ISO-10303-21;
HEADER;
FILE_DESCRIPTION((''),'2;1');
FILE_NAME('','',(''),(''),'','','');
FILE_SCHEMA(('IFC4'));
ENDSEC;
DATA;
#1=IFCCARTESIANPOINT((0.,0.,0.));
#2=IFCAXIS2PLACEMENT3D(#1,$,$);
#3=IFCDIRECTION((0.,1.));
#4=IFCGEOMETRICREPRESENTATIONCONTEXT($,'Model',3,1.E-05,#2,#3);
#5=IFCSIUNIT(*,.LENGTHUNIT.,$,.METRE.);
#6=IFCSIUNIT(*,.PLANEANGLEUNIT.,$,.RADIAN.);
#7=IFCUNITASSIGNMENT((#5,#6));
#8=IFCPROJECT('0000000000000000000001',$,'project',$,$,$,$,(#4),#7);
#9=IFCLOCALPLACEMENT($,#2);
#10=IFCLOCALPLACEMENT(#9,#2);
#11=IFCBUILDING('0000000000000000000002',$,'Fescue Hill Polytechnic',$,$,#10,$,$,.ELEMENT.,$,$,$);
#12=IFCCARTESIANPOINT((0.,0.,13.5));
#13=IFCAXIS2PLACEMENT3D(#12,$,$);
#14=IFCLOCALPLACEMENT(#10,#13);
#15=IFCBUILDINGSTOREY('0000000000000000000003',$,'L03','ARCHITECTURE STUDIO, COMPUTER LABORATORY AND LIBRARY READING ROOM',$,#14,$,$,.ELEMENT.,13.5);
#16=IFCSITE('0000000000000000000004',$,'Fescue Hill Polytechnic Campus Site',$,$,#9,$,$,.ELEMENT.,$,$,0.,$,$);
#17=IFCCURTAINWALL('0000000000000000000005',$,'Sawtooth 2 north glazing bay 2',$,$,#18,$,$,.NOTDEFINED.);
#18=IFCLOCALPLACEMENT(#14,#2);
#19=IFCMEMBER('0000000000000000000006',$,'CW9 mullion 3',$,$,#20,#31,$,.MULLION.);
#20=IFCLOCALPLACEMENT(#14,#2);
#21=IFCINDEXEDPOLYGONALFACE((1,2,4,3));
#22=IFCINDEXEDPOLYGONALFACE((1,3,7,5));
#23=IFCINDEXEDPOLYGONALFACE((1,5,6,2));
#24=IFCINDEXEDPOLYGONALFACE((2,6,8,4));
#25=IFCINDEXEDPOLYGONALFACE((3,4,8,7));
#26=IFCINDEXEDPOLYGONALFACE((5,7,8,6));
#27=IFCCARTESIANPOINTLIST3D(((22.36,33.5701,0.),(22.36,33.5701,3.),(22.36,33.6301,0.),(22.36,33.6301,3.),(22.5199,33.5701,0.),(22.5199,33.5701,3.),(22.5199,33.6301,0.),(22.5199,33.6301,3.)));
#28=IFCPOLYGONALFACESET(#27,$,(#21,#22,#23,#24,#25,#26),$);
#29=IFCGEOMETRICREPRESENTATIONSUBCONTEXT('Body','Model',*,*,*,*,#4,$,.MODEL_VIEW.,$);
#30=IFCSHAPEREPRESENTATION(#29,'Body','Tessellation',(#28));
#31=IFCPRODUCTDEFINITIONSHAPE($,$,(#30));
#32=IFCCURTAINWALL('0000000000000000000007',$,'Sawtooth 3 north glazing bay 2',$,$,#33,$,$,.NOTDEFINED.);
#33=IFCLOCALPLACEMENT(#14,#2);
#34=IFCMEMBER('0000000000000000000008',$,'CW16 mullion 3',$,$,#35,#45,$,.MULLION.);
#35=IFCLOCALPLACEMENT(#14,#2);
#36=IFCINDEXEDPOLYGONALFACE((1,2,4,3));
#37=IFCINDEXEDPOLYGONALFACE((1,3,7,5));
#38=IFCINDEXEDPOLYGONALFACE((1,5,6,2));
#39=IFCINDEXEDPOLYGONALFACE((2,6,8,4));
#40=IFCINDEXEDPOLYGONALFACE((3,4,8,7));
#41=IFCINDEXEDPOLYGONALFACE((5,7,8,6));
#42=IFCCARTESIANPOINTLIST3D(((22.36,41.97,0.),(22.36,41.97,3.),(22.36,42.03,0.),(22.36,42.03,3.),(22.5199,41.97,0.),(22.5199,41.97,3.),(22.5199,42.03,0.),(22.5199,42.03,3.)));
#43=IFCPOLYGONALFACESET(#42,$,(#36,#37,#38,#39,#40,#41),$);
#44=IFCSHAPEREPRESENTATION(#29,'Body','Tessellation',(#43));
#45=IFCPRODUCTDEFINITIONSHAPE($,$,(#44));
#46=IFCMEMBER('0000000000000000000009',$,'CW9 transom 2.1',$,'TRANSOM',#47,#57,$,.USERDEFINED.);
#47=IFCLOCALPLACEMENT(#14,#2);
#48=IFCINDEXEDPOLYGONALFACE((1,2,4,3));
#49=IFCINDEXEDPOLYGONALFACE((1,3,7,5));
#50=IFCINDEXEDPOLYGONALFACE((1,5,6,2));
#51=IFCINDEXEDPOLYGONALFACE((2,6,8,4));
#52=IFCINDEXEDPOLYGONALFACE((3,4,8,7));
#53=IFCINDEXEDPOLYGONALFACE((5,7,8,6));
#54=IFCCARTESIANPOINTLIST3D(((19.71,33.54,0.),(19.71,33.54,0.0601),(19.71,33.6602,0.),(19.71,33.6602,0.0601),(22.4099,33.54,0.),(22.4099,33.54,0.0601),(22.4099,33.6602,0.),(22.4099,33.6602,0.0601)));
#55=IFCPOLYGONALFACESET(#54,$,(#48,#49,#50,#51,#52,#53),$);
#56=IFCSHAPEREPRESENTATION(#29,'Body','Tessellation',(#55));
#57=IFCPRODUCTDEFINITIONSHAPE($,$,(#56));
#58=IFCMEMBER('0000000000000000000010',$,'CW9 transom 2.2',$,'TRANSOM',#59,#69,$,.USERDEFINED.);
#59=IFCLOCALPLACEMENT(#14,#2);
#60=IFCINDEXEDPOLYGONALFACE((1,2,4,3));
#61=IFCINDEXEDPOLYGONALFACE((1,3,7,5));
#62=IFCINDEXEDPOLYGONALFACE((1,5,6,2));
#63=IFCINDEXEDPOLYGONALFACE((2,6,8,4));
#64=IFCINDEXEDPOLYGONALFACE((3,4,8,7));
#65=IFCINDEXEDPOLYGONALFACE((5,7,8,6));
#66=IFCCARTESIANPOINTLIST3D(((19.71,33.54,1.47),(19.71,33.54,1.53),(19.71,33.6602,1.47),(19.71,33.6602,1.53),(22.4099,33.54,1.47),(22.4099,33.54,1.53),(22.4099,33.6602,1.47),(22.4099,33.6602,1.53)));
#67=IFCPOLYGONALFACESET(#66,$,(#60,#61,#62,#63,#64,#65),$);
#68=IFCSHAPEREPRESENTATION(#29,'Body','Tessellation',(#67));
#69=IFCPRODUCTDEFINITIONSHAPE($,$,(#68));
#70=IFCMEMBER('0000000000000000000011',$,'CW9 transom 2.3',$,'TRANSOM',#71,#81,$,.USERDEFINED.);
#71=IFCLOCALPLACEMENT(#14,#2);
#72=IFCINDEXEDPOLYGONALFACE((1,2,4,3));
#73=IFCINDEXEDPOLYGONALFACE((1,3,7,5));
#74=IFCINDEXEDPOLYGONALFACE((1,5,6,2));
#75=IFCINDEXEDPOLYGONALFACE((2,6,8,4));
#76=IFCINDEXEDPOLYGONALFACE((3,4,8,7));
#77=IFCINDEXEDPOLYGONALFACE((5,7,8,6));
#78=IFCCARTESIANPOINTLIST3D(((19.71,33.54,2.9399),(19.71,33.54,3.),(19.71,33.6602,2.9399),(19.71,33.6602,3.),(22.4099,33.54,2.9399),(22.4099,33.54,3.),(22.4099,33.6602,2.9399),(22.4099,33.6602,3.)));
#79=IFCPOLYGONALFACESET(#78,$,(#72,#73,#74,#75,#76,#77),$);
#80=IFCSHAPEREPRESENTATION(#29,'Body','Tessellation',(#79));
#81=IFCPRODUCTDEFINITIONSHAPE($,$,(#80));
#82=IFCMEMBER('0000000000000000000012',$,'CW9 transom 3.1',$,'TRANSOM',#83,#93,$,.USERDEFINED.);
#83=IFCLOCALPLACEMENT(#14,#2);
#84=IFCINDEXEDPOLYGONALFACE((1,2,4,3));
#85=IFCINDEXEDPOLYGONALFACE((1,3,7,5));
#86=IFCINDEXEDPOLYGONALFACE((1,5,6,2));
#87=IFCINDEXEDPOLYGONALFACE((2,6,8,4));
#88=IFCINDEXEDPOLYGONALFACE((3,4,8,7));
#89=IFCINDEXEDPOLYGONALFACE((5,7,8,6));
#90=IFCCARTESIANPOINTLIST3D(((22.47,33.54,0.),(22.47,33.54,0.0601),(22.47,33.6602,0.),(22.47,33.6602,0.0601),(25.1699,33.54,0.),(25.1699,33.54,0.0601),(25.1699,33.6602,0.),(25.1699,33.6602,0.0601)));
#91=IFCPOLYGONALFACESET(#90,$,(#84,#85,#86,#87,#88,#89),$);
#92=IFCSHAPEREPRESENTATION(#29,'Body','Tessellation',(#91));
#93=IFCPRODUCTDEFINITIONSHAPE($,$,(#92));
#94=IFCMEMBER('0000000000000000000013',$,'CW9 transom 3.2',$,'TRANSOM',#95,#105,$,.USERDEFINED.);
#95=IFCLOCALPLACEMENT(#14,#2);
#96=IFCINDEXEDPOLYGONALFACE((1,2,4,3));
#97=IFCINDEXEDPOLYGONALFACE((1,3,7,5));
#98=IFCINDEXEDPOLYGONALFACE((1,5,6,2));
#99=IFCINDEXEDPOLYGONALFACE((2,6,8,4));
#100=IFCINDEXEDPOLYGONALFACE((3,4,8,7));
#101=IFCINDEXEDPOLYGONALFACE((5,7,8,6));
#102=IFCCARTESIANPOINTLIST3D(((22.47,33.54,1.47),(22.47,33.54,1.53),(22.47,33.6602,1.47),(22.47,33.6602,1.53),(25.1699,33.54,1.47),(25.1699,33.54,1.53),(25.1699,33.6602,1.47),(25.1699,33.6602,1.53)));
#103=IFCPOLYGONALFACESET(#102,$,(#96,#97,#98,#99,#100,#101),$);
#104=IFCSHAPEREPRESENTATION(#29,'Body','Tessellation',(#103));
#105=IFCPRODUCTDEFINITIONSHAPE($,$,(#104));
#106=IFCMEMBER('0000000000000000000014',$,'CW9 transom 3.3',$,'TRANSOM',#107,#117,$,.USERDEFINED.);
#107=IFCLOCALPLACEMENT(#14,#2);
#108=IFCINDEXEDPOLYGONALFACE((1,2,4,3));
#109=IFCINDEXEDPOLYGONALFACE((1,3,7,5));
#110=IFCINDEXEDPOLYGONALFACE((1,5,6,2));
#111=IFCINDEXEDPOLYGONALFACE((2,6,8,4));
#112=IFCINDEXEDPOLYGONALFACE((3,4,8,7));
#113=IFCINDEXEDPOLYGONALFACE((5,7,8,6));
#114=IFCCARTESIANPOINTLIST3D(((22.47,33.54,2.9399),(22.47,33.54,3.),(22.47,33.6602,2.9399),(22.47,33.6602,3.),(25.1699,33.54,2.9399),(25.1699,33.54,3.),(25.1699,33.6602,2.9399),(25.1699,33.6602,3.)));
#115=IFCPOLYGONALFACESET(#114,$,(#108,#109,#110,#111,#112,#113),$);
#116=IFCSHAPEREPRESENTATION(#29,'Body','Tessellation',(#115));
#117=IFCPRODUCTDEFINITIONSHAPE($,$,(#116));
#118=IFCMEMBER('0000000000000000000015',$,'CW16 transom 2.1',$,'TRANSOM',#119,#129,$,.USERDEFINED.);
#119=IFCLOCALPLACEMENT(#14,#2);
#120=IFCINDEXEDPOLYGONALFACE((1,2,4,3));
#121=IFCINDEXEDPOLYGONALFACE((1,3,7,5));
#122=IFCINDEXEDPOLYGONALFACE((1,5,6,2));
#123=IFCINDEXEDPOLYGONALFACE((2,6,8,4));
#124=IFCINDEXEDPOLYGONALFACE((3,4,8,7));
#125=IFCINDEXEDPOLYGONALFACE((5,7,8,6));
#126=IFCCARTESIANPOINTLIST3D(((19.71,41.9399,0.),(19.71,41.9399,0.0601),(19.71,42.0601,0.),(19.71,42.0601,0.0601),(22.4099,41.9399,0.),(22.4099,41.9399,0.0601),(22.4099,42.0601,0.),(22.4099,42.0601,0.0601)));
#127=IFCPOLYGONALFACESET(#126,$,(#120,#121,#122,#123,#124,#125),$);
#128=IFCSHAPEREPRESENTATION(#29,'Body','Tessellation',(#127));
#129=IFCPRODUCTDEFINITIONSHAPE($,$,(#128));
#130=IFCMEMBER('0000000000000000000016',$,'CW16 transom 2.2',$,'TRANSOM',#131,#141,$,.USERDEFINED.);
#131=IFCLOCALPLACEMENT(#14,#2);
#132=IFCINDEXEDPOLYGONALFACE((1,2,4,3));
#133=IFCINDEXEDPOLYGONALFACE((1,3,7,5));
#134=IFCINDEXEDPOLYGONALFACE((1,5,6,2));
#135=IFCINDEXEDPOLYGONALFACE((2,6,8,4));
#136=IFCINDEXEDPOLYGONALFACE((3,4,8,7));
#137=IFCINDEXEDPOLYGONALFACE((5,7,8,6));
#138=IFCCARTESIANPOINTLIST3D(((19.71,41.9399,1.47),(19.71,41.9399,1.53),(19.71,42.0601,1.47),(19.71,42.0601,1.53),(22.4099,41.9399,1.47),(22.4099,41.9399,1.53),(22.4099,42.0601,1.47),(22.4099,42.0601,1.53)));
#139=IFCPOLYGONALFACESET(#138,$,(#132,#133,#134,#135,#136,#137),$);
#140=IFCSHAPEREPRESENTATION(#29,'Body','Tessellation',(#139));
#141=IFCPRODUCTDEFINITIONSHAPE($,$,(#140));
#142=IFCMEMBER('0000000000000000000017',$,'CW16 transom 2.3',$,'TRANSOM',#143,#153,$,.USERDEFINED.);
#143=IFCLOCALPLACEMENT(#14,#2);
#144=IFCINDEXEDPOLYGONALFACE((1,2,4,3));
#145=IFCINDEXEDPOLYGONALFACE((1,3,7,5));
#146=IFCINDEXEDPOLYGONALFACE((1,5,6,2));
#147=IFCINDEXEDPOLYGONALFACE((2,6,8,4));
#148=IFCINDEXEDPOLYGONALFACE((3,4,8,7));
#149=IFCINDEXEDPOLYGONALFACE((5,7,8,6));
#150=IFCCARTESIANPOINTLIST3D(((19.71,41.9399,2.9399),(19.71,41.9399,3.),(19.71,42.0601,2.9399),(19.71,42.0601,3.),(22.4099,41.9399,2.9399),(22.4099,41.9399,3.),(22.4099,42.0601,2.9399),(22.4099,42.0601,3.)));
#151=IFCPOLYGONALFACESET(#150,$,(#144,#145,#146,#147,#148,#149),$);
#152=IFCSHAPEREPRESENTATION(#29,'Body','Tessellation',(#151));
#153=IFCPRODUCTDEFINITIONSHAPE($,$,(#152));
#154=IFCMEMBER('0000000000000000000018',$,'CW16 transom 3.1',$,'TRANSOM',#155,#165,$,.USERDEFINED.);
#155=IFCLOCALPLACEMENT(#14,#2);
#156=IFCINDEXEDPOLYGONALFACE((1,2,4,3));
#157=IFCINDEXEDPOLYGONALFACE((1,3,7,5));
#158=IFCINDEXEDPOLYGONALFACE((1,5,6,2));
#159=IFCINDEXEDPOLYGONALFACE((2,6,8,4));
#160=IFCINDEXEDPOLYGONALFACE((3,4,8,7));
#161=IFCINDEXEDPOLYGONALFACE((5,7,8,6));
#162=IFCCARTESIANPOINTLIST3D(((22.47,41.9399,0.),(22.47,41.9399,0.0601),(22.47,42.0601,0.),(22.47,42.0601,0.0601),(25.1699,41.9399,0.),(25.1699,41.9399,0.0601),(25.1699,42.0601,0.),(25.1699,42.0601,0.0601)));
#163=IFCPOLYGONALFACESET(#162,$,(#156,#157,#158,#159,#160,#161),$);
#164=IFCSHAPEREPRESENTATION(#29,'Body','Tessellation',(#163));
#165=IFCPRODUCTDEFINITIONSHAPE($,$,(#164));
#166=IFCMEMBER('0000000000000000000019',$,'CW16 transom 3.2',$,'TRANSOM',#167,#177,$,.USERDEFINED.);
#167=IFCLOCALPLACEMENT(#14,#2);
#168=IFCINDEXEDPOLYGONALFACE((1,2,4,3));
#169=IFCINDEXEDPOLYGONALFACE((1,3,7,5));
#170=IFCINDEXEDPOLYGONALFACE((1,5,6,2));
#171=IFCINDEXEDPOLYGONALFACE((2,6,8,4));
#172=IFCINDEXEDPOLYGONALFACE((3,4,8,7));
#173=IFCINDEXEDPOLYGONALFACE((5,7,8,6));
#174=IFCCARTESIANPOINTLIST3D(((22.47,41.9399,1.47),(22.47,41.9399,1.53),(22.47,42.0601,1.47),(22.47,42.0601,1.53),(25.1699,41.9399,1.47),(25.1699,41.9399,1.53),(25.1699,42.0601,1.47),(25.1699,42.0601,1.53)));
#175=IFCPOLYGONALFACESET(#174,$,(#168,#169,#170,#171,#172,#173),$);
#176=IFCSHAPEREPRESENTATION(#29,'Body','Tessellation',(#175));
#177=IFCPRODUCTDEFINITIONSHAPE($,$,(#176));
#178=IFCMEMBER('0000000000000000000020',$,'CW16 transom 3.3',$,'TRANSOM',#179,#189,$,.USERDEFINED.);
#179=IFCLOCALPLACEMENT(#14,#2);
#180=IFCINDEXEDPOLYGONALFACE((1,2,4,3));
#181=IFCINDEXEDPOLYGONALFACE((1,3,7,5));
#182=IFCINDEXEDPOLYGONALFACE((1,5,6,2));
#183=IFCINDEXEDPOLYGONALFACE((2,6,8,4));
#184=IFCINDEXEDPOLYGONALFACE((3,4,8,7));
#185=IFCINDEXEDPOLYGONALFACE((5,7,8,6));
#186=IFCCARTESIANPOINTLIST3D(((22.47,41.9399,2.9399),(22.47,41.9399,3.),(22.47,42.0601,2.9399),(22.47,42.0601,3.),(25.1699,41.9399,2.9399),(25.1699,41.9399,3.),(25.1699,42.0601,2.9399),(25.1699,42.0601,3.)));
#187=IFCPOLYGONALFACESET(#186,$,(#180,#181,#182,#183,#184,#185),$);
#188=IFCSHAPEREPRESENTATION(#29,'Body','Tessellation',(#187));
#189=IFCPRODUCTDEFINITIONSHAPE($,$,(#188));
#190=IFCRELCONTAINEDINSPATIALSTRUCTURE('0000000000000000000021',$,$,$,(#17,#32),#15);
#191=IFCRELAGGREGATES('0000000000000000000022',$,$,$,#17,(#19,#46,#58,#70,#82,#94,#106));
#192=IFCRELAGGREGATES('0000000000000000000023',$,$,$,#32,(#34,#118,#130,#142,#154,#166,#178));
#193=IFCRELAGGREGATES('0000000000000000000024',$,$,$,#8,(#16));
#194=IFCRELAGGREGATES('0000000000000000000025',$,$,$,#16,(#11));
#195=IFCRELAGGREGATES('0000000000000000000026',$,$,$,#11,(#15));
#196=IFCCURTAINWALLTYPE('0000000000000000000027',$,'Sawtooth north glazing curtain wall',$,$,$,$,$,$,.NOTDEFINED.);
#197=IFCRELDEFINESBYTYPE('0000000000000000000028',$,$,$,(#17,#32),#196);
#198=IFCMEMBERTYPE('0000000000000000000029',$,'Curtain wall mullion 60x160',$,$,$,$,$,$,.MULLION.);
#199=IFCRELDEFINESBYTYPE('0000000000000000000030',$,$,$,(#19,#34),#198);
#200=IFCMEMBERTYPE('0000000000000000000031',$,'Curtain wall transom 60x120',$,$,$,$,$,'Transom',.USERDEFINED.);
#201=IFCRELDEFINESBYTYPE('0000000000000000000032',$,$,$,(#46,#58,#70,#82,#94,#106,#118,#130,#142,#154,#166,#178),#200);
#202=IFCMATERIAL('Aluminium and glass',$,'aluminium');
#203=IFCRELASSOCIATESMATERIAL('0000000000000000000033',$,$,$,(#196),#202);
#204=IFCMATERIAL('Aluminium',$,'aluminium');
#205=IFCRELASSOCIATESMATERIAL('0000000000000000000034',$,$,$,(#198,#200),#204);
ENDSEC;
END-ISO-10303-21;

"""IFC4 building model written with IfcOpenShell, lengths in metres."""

from ifc_helpers import new_model, si_unit, direction, frame, origin, origin_2d, place, context, subcontext, project, spatial, rectangle, extrude, material, material_profile, profile_set, type_object, element, aggregate, save


model = new_model("IFC4")

# Units and contexts
model_context = context("Model", 3, precision=1e-05, world=origin(), true_north=direction((0.0, 1.0)))
body_context = subcontext(model_context, "Body", "Model", "MODEL_VIEW")
ifc_project = project(units=[si_unit("LENGTHUNIT", "METRE"), si_unit("PLANEANGLEUNIT", "RADIAN")], contexts=[model_context])

# Site, building, storey
site_placement = place(None, origin())
site = spatial("IfcSite", under=ifc_project, at=site_placement, Name="Fescue Hill Polytechnic Campus Site", CompositionType="ELEMENT", RefElevation=0.0)
building_placement = place(site_placement, origin())
building = spatial("IfcBuilding", under=site, at=building_placement, Name="Fescue Hill Polytechnic", CompositionType="ELEMENT")
storey_placement = place(building_placement, frame((0.0, 0.0, 13.5)))
storey = spatial("IfcBuildingStorey", under=building, at=storey_placement, Name="L03", Description="ARCHITECTURE STUDIO, COMPUTER LABORATORY AND LIBRARY READING ROOM", CompositionType="ELEMENT", Elevation=13.5)

# Curtain walls, members
ifc_material_1 = material(Name="Aluminium and glass", Category="aluminium")
curtain_wall_type = type_object("IfcCurtainWallType", Name="Sawtooth north glazing curtain wall", PredefinedType="NOTDEFINED", material=ifc_material_1)
curtain_wall_1_placement = place(storey_placement, origin())
curtain_wall_1 = element("IfcCurtainWall", 1, at=curtain_wall_1_placement, inside=storey, type_object=curtain_wall_type, Name="Sawtooth 2 north glazing bay 2", PredefinedType="NOTDEFINED")
ifc_material_2 = material(Name="Aluminium", Category="aluminium")
ifc_material_profile_1 = material_profile(ifc_material_2, rectangle(XDim=0.0601, YDim=0.1599, at=origin_2d()), Name="Curtain wall mullion 60x160")
ifc_profile_set_1 = profile_set([ifc_material_profile_1], Name="Aluminium")
member_type_1 = type_object("IfcMemberType", Name="Curtain wall mullion 60x160", PredefinedType="MULLION", material=ifc_profile_set_1)
member_1_placement = place(storey_placement, frame((22.4399, 33.6001, 0.0), z_axis=(0.0, 0.0, 1.0), x_axis=(0.0, 1.0, 0.0)))
member_1 = element("IfcMember", 2, at=member_1_placement, type_object=member_type_1, Name="CW9 mullion 3", PredefinedType="MULLION", context=body_context, shape_type="SweptSolid", body=[
    extrude(rectangle(XDim=0.0601, YDim=0.1599, at=origin_2d()), origin(), (0.0, 0.0, 1.0), 3.0),
])
curtain_wall_2_placement = place(storey_placement, origin())
curtain_wall_2 = element("IfcCurtainWall", 3, at=curtain_wall_2_placement, inside=storey, type_object=curtain_wall_type, Name="Sawtooth 3 north glazing bay 2", PredefinedType="NOTDEFINED")
member_2_placement = place(storey_placement, frame((22.4399, 42.0, 0.0), z_axis=(0.0, 0.0, 1.0), x_axis=(0.0, 1.0, 0.0)))
member_2 = element("IfcMember", 4, at=member_2_placement, type_object=member_type_1, Name="CW16 mullion 3", PredefinedType="MULLION", context=body_context, shape_type="SweptSolid", body=[
    extrude(rectangle(XDim=0.0601, YDim=0.1599, at=origin_2d()), origin(), (0.0, 0.0, 1.0), 3.0),
])

# Members
ifc_material_profile_2 = material_profile(ifc_material_2, rectangle(XDim=0.1201, YDim=0.0601, at=origin_2d()), Name="Curtain wall transom 60x120")
ifc_profile_set_2 = profile_set([ifc_material_profile_2], Name="Aluminium")
member_type_2 = type_object("IfcMemberType", Name="Curtain wall transom 60x120", ElementType="Transom", PredefinedType="USERDEFINED", material=ifc_profile_set_2)
member_3_placement = place(storey_placement, frame((19.71, 33.6001, 0.03), z_axis=(1.0, 0.0, 0.0), x_axis=(0.0, 1.0, 0.0)))
member_3 = element("IfcMember", 5, at=member_3_placement, type_object=member_type_2, Name="CW9 transom 2.1", ObjectType="TRANSOM", PredefinedType="USERDEFINED", context=body_context, shape_type="SweptSolid", body=[
    extrude(rectangle(XDim=0.1201, YDim=0.0601, at=origin_2d()), origin(), (0.0, 0.0, 1.0), 2.7),
])
member_4_placement = place(storey_placement, frame((19.71, 33.6001, 1.5), z_axis=(1.0, 0.0, 0.0), x_axis=(0.0, 1.0, 0.0)))
member_4 = element("IfcMember", 6, at=member_4_placement, type_object=member_type_2, Name="CW9 transom 2.2", ObjectType="TRANSOM", PredefinedType="USERDEFINED", context=body_context, shape_type="SweptSolid", body=[
    extrude(rectangle(XDim=0.1201, YDim=0.0601, at=origin_2d()), origin(), (0.0, 0.0, 1.0), 2.7),
])
member_5_placement = place(storey_placement, frame((19.71, 33.6001, 2.97), z_axis=(1.0, 0.0, 0.0), x_axis=(0.0, 1.0, 0.0)))
member_5 = element("IfcMember", 7, at=member_5_placement, type_object=member_type_2, Name="CW9 transom 2.3", ObjectType="TRANSOM", PredefinedType="USERDEFINED", context=body_context, shape_type="SweptSolid", body=[
    extrude(rectangle(XDim=0.1201, YDim=0.0601, at=origin_2d()), origin(), (0.0, 0.0, 1.0), 2.7),
])
member_6_placement = place(storey_placement, frame((22.47, 33.6001, 0.03), z_axis=(1.0, 0.0, 0.0), x_axis=(0.0, 1.0, 0.0)))
member_6 = element("IfcMember", 8, at=member_6_placement, type_object=member_type_2, Name="CW9 transom 3.1", ObjectType="TRANSOM", PredefinedType="USERDEFINED", context=body_context, shape_type="SweptSolid", body=[
    extrude(rectangle(XDim=0.1201, YDim=0.0601, at=origin_2d()), origin(), (0.0, 0.0, 1.0), 2.7),
])
member_7_placement = place(storey_placement, frame((22.47, 33.6001, 1.5), z_axis=(1.0, 0.0, 0.0), x_axis=(0.0, 1.0, 0.0)))
member_7 = element("IfcMember", 9, at=member_7_placement, type_object=member_type_2, Name="CW9 transom 3.2", ObjectType="TRANSOM", PredefinedType="USERDEFINED", context=body_context, shape_type="SweptSolid", body=[
    extrude(rectangle(XDim=0.1201, YDim=0.0601, at=origin_2d()), origin(), (0.0, 0.0, 1.0), 2.7),
])
member_8_placement = place(storey_placement, frame((22.47, 33.6001, 2.97), z_axis=(1.0, 0.0, 0.0), x_axis=(0.0, 1.0, 0.0)))
member_8 = element("IfcMember", 10, at=member_8_placement, type_object=member_type_2, Name="CW9 transom 3.3", ObjectType="TRANSOM", PredefinedType="USERDEFINED", context=body_context, shape_type="SweptSolid", body=[
    extrude(rectangle(XDim=0.1201, YDim=0.0601, at=origin_2d()), origin(), (0.0, 0.0, 1.0), 2.7),
])
member_9_placement = place(storey_placement, frame((19.71, 42.0, 0.03), z_axis=(1.0, 0.0, 0.0), x_axis=(0.0, 1.0, 0.0)))
member_9 = element("IfcMember", 11, at=member_9_placement, type_object=member_type_2, Name="CW16 transom 2.1", ObjectType="TRANSOM", PredefinedType="USERDEFINED", context=body_context, shape_type="SweptSolid", body=[
    extrude(rectangle(XDim=0.1201, YDim=0.0601, at=origin_2d()), origin(), (0.0, 0.0, 1.0), 2.7),
])
member_10_placement = place(storey_placement, frame((19.71, 42.0, 1.5), z_axis=(1.0, 0.0, 0.0), x_axis=(0.0, 1.0, 0.0)))
member_10 = element("IfcMember", 12, at=member_10_placement, type_object=member_type_2, Name="CW16 transom 2.2", ObjectType="TRANSOM", PredefinedType="USERDEFINED", context=body_context, shape_type="SweptSolid", body=[
    extrude(rectangle(XDim=0.1201, YDim=0.0601, at=origin_2d()), origin(), (0.0, 0.0, 1.0), 2.7),
])
member_11_placement = place(storey_placement, frame((19.71, 42.0, 2.97), z_axis=(1.0, 0.0, 0.0), x_axis=(0.0, 1.0, 0.0)))
member_11 = element("IfcMember", 13, at=member_11_placement, type_object=member_type_2, Name="CW16 transom 2.3", ObjectType="TRANSOM", PredefinedType="USERDEFINED", context=body_context, shape_type="SweptSolid", body=[
    extrude(rectangle(XDim=0.1201, YDim=0.0601, at=origin_2d()), origin(), (0.0, 0.0, 1.0), 2.7),
])
member_12_placement = place(storey_placement, frame((22.47, 42.0, 0.03), z_axis=(1.0, 0.0, 0.0), x_axis=(0.0, 1.0, 0.0)))
member_12 = element("IfcMember", 14, at=member_12_placement, type_object=member_type_2, Name="CW16 transom 3.1", ObjectType="TRANSOM", PredefinedType="USERDEFINED", context=body_context, shape_type="SweptSolid", body=[
    extrude(rectangle(XDim=0.1201, YDim=0.0601, at=origin_2d()), origin(), (0.0, 0.0, 1.0), 2.7),
])
member_13_placement = place(storey_placement, frame((22.47, 42.0, 1.5), z_axis=(1.0, 0.0, 0.0), x_axis=(0.0, 1.0, 0.0)))
member_13 = element("IfcMember", 15, at=member_13_placement, type_object=member_type_2, Name="CW16 transom 3.2", ObjectType="TRANSOM", PredefinedType="USERDEFINED", context=body_context, shape_type="SweptSolid", body=[
    extrude(rectangle(XDim=0.1201, YDim=0.0601, at=origin_2d()), origin(), (0.0, 0.0, 1.0), 2.7),
])
member_14_placement = place(storey_placement, frame((22.47, 42.0, 2.97), z_axis=(1.0, 0.0, 0.0), x_axis=(0.0, 1.0, 0.0)))
member_14 = element("IfcMember", 16, at=member_14_placement, type_object=member_type_2, Name="CW16 transom 3.3", ObjectType="TRANSOM", PredefinedType="USERDEFINED", context=body_context, shape_type="SweptSolid", body=[
    extrude(rectangle(XDim=0.1201, YDim=0.0601, at=origin_2d()), origin(), (0.0, 0.0, 1.0), 2.7),
])

aggregate(curtain_wall_1, [member_1, member_3, member_4, member_5, member_6, member_7, member_8])
aggregate(curtain_wall_2, [member_2, member_9, member_10, member_11, member_12, member_13, member_14])

save(model, "model.ifc")
